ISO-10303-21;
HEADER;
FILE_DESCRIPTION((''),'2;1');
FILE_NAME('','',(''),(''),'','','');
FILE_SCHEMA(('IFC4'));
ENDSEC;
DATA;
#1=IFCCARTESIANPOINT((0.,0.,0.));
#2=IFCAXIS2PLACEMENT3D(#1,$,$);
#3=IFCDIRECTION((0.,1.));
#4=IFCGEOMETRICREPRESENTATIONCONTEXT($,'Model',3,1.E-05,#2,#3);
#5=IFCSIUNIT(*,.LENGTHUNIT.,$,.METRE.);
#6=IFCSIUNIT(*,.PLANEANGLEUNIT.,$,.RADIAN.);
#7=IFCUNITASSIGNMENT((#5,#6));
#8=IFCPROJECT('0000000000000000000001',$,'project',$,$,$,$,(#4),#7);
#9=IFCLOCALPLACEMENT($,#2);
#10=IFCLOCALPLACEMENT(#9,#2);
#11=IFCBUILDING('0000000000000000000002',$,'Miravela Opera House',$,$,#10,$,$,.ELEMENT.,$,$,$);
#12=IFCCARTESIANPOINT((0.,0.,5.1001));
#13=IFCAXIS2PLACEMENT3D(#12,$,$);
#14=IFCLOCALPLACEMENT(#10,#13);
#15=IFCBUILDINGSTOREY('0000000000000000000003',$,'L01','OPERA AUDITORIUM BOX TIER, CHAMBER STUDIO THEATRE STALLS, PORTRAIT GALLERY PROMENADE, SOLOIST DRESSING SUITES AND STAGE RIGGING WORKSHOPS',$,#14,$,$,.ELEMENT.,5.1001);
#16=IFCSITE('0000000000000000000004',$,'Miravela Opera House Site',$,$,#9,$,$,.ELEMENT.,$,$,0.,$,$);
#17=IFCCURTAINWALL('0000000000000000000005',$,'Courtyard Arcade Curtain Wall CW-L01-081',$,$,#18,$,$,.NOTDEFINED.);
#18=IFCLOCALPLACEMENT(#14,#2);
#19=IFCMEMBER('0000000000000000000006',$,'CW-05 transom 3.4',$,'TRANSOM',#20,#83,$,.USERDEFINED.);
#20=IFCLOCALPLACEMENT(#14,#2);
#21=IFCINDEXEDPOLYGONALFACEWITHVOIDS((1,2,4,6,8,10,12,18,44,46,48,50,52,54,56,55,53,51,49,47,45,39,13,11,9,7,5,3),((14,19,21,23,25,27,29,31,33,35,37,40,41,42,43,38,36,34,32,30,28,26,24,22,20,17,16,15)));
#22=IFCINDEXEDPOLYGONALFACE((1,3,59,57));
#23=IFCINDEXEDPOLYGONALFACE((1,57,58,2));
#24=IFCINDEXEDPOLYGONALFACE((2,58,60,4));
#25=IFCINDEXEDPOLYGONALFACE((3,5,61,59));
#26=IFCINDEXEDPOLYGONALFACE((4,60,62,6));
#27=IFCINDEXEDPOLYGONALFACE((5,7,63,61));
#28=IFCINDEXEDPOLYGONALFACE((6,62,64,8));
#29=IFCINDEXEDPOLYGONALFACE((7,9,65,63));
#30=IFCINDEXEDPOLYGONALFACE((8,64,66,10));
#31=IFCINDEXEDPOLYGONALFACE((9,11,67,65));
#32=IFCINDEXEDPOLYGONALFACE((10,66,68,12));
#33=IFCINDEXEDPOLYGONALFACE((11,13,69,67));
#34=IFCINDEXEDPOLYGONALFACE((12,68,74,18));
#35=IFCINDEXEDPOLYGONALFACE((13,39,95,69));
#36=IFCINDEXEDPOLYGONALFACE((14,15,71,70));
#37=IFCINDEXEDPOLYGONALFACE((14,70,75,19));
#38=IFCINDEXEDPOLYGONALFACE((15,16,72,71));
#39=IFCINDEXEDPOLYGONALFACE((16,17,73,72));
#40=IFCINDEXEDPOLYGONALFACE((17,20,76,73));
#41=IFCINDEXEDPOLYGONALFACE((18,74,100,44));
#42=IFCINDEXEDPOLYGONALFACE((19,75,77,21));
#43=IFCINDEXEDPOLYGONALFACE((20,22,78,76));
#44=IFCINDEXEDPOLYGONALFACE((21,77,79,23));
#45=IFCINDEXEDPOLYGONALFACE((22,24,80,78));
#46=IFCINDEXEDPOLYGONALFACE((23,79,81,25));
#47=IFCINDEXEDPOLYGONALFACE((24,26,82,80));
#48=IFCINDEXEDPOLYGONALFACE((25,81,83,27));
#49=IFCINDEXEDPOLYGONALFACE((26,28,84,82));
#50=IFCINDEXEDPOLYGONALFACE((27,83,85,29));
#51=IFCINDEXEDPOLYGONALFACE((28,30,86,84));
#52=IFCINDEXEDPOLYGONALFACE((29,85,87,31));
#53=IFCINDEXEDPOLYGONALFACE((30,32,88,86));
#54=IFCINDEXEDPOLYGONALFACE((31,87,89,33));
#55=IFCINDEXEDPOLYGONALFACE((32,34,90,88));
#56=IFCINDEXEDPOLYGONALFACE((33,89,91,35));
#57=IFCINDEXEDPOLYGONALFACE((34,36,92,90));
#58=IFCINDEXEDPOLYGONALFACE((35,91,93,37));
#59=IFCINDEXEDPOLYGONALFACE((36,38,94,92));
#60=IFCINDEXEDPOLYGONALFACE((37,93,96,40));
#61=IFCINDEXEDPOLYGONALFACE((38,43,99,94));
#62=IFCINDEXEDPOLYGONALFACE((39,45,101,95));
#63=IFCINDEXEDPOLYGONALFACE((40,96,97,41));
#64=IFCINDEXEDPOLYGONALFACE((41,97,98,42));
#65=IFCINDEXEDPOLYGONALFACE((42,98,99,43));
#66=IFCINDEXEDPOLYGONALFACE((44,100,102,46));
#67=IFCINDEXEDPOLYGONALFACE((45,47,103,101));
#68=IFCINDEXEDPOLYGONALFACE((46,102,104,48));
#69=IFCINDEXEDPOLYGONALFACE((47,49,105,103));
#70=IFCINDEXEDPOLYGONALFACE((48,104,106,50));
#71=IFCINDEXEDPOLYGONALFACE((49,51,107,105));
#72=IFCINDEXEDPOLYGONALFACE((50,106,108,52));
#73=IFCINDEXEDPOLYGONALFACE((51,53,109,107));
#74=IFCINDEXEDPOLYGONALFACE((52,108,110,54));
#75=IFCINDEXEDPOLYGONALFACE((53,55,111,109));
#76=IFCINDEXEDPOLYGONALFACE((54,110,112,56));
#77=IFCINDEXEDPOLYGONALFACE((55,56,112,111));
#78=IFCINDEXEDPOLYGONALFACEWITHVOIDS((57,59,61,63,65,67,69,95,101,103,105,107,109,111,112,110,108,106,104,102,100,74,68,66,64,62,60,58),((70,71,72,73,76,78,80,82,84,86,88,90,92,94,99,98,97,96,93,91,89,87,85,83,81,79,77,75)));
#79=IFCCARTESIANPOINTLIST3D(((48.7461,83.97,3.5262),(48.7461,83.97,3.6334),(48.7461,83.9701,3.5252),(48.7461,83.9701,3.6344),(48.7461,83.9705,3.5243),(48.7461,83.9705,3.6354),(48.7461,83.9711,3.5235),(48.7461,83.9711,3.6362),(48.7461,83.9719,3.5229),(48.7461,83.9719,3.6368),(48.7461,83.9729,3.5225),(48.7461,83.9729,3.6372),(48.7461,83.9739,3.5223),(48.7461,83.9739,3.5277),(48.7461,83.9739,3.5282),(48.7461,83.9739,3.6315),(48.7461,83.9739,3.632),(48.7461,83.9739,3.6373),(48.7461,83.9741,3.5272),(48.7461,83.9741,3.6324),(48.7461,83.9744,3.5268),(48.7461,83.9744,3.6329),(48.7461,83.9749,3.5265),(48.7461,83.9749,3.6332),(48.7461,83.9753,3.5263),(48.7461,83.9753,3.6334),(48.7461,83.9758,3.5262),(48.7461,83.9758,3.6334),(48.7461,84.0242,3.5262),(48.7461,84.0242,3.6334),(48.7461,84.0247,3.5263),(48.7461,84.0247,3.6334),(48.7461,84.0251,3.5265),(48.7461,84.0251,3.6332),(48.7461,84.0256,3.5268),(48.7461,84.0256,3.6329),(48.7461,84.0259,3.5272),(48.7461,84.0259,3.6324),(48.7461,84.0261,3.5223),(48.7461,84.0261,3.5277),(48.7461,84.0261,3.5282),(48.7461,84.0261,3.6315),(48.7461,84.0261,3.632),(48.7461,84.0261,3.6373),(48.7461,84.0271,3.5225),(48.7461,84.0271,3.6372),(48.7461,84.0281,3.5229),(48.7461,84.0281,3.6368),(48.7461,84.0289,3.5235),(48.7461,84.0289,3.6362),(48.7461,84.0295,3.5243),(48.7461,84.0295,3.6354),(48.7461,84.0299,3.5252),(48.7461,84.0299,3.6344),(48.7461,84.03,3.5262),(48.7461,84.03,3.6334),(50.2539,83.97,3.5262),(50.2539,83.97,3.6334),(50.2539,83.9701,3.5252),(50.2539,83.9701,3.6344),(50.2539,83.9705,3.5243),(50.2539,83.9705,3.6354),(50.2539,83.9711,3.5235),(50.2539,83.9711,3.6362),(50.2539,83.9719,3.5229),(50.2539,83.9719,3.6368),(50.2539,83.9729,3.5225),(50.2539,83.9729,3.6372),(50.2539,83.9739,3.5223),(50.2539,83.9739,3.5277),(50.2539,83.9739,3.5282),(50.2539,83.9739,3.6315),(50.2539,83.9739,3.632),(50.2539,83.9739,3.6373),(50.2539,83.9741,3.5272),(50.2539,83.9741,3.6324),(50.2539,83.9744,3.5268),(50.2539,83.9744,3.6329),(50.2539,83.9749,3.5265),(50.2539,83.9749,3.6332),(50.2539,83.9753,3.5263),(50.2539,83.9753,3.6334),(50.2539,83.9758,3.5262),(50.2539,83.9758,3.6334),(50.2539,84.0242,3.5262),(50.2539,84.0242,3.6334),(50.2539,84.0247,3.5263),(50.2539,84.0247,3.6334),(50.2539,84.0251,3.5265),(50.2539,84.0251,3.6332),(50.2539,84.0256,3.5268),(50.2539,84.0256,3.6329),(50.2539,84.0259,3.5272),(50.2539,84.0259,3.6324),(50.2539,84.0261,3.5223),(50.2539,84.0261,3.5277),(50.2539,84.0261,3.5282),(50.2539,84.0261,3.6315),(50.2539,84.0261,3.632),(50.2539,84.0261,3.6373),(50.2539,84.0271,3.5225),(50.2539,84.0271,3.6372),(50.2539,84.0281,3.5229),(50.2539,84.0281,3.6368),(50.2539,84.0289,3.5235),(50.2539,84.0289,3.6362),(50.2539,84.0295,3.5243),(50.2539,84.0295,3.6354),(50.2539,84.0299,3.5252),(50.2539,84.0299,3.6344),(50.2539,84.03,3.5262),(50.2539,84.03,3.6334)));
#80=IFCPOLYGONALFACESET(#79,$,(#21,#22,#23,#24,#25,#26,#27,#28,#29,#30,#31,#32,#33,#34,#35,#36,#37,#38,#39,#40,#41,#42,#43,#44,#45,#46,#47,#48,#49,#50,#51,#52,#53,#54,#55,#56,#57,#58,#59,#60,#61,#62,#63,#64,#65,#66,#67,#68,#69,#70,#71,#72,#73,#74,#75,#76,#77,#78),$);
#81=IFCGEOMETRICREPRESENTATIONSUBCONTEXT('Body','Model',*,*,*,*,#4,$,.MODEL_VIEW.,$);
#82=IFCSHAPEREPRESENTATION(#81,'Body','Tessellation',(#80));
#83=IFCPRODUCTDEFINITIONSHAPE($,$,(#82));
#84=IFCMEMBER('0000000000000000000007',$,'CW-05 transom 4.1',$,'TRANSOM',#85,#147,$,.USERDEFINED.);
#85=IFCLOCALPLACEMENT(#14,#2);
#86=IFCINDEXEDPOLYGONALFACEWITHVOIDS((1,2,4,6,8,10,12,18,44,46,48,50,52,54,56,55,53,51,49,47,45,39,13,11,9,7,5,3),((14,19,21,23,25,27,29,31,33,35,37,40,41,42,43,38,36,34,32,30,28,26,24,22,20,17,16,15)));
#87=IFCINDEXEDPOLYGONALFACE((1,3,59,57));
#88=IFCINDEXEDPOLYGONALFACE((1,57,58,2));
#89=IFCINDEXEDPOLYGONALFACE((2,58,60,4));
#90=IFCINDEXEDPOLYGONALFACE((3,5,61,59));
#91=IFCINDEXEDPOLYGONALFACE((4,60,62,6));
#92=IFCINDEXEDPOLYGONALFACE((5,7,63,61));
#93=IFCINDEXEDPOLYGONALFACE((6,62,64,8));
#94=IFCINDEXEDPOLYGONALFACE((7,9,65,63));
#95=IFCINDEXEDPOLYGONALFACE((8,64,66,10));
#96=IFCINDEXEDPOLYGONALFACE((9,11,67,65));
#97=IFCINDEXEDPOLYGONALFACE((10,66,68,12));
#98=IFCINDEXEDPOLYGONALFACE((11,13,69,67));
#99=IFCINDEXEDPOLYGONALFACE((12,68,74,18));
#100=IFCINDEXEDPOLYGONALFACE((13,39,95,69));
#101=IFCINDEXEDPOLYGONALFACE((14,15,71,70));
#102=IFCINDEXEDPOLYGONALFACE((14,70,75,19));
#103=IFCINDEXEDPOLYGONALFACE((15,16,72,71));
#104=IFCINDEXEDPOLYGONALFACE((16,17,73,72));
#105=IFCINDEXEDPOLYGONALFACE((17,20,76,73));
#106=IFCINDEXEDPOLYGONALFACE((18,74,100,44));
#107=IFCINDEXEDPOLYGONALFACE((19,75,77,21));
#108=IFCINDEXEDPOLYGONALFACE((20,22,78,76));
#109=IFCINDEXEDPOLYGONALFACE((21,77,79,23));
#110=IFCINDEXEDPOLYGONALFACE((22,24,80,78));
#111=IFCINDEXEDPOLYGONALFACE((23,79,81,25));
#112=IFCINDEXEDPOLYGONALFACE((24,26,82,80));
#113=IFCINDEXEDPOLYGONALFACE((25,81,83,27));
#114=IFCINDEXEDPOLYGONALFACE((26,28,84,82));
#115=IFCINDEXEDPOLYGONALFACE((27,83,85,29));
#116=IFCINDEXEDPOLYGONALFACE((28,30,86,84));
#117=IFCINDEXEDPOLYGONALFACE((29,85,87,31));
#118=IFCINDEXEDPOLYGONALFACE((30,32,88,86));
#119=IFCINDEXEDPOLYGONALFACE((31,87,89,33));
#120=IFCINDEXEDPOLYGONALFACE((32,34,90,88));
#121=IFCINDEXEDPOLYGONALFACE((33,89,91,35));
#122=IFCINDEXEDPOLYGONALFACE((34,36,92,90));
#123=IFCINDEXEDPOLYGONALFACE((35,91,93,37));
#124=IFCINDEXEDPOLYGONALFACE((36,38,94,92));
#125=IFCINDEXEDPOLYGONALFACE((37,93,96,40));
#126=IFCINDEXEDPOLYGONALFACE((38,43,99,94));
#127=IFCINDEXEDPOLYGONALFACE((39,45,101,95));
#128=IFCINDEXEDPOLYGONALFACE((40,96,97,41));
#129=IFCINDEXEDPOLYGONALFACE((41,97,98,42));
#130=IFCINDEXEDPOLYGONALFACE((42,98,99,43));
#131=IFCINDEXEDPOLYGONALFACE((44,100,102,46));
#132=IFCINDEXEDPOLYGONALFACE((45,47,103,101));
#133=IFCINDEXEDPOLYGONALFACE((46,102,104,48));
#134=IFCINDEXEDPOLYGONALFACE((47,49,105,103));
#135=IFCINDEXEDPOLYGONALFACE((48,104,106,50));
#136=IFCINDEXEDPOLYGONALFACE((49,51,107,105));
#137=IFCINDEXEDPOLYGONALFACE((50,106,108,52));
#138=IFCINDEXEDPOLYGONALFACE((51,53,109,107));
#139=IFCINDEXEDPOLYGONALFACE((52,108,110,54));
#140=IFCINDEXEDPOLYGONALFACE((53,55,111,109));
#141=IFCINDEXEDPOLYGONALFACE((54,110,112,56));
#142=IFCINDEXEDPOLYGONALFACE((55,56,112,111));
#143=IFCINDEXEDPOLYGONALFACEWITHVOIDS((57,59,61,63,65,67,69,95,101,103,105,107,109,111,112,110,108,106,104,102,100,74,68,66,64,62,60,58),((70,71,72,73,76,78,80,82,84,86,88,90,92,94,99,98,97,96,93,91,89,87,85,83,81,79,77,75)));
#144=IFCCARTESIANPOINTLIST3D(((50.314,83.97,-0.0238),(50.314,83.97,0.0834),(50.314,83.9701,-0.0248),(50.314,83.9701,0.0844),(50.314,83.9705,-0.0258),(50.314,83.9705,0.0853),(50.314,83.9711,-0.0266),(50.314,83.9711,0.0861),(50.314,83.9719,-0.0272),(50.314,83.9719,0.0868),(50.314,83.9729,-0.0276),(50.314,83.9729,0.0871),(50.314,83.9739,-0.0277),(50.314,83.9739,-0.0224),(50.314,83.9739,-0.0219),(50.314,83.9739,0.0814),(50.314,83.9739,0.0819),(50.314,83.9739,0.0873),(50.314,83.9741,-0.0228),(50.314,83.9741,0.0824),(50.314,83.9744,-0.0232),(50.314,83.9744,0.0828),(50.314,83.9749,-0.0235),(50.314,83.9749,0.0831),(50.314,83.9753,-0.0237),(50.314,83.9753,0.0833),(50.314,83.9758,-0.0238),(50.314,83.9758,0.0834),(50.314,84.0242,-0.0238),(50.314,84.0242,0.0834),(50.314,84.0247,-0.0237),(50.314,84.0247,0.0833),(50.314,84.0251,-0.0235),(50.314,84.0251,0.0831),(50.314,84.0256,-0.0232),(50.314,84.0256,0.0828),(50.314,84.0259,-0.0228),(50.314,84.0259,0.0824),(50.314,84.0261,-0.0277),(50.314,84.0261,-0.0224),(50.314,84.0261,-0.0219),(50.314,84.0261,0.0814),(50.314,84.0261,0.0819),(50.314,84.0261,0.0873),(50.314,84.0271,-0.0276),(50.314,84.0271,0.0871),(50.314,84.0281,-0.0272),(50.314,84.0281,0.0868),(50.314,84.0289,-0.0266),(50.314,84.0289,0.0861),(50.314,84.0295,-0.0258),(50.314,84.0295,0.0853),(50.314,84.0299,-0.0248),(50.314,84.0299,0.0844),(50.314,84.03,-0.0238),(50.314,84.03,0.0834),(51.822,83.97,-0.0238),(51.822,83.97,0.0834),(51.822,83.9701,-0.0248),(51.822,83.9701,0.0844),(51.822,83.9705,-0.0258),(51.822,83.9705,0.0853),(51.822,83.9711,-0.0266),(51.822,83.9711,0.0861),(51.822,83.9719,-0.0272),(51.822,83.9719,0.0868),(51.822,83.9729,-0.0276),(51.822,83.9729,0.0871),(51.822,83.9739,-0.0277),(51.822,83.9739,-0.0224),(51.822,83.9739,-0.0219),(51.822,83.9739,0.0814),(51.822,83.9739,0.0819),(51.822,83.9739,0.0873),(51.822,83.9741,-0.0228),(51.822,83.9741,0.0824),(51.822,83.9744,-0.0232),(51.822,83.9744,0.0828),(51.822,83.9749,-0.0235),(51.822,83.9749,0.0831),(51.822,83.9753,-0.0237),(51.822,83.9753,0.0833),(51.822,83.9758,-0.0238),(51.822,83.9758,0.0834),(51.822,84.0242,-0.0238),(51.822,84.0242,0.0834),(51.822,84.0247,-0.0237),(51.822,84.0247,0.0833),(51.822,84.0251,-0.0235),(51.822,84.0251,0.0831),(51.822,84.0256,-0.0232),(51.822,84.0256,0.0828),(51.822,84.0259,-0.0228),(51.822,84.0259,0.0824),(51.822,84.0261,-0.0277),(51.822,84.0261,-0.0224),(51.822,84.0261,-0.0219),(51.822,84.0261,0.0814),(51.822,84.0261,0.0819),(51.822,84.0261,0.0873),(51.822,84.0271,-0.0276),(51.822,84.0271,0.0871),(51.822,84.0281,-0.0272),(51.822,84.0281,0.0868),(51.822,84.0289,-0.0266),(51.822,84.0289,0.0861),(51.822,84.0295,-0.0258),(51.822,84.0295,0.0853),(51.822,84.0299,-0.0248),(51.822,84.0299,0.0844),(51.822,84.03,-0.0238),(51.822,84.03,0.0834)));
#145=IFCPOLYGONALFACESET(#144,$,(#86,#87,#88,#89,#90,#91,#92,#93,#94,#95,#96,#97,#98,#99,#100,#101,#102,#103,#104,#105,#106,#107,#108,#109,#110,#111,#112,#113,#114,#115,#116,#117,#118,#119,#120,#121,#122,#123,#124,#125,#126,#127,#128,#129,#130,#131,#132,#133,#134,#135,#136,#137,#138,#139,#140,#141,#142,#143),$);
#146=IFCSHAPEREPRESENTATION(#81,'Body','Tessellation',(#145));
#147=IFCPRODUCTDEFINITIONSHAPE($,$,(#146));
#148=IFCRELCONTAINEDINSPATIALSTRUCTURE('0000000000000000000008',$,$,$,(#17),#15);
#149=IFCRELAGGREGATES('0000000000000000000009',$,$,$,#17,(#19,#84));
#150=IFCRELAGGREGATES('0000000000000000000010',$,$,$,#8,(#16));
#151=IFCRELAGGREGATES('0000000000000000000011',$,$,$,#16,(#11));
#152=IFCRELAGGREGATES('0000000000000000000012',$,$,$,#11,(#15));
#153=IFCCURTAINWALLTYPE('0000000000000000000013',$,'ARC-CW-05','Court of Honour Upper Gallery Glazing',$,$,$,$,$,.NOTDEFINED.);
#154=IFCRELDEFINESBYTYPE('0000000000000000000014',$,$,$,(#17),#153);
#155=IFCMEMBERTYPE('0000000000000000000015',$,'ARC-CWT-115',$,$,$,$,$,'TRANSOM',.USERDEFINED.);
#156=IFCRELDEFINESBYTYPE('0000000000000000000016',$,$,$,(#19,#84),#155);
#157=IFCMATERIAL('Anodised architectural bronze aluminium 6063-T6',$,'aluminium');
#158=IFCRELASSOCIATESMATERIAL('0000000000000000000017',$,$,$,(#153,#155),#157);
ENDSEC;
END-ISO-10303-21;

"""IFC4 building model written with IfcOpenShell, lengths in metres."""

from ifc_helpers import new_model, si_unit, direction, frame, origin, origin_2d, place, context, subcontext, project, spatial, hollow_rectangle, extrude, material, material_profile, profile_set, type_object, element, aggregate, save


model = new_model("IFC4")

# Units and contexts
model_context = context("Model", 3, precision=1e-05, world=origin(), true_north=direction((0.0, 1.0)))
body_context = subcontext(model_context, "Body", "Model", "MODEL_VIEW")
ifc_project = project(units=[si_unit("LENGTHUNIT", "METRE"), si_unit("PLANEANGLEUNIT", "RADIAN")], contexts=[model_context])

# Site, building, storey
site_placement = place(None, origin())
site = spatial("IfcSite", under=ifc_project, at=site_placement, Name="Miravela Opera House Site", CompositionType="ELEMENT", RefElevation=0.0)
building_placement = place(site_placement, origin())
building = spatial("IfcBuilding", under=site, at=building_placement, Name="Miravela Opera House", CompositionType="ELEMENT")
storey_placement = place(building_placement, frame((0.0, 0.0, 5.1001)))
storey = spatial("IfcBuildingStorey", under=building, at=storey_placement, Name="L01", Description="OPERA AUDITORIUM BOX TIER, CHAMBER STUDIO THEATRE STALLS, PORTRAIT GALLERY PROMENADE, SOLOIST DRESSING SUITES AND STAGE RIGGING WORKSHOPS", CompositionType="ELEMENT", Elevation=5.1001)

# Curtain wall, members
ifc_material_1 = material(Name="Anodised architectural bronze aluminium 6063-T6", Category="aluminium")
curtain_wall_type = type_object("IfcCurtainWallType", Name="ARC-CW-05", Description="Court of Honour Upper Gallery Glazing", PredefinedType="NOTDEFINED", material=ifc_material_1)
curtain_wall_placement = place(storey_placement, origin())
curtain_wall = element("IfcCurtainWall", 1, at=curtain_wall_placement, inside=storey, type_object=curtain_wall_type, Name="Courtyard Arcade Curtain Wall CW-L01-081", PredefinedType="NOTDEFINED")
ifc_material_profile_1 = material_profile(ifc_material_1, hollow_rectangle(XDim=0.0601, YDim=0.115, WallThickness=0.0039, InnerFilletRadius=0.002, OuterFilletRadius=0.0039, at=origin_2d()), Name="CWT-60X115")
ifc_profile_set_1 = profile_set([ifc_material_profile_1])
member_type_1 = type_object("IfcMemberType", Name="ARC-CWT-115", ElementType="TRANSOM", PredefinedType="USERDEFINED", material=ifc_profile_set_1)
member_1_placement = place(storey_placement, frame((48.7461, 84.0, 3.5798), z_axis=(1.0, 0.0, 0.0), x_axis=(0.0, 1.0, 0.0)))
member_1 = element("IfcMember", 2, at=member_1_placement, type_object=member_type_1, Name="CW-05 transom 3.4", ObjectType="TRANSOM", PredefinedType="USERDEFINED", context=body_context, shape_type="SweptSolid", body=[
    extrude(hollow_rectangle(XDim=0.0601, YDim=0.115, WallThickness=0.0039, InnerFilletRadius=0.002, OuterFilletRadius=0.0039, at=origin_2d()), origin(), (0.0, 0.0, 1.0), 1.5078),
])
member_2_placement = place(storey_placement, frame((50.314, 84.0, 0.0298), z_axis=(1.0, 0.0, 0.0), x_axis=(0.0, 1.0, 0.0)))
member_2 = element("IfcMember", 3, at=member_2_placement, type_object=member_type_1, Name="CW-05 transom 4.1", ObjectType="TRANSOM", PredefinedType="USERDEFINED", context=body_context, shape_type="SweptSolid", body=[
    extrude(hollow_rectangle(XDim=0.0601, YDim=0.115, WallThickness=0.0039, InnerFilletRadius=0.002, OuterFilletRadius=0.0039, at=origin_2d()), origin(), (0.0, 0.0, 1.0), 1.5081),
])

aggregate(curtain_wall, [member_1, member_2])

save(model, "model.ifc")
